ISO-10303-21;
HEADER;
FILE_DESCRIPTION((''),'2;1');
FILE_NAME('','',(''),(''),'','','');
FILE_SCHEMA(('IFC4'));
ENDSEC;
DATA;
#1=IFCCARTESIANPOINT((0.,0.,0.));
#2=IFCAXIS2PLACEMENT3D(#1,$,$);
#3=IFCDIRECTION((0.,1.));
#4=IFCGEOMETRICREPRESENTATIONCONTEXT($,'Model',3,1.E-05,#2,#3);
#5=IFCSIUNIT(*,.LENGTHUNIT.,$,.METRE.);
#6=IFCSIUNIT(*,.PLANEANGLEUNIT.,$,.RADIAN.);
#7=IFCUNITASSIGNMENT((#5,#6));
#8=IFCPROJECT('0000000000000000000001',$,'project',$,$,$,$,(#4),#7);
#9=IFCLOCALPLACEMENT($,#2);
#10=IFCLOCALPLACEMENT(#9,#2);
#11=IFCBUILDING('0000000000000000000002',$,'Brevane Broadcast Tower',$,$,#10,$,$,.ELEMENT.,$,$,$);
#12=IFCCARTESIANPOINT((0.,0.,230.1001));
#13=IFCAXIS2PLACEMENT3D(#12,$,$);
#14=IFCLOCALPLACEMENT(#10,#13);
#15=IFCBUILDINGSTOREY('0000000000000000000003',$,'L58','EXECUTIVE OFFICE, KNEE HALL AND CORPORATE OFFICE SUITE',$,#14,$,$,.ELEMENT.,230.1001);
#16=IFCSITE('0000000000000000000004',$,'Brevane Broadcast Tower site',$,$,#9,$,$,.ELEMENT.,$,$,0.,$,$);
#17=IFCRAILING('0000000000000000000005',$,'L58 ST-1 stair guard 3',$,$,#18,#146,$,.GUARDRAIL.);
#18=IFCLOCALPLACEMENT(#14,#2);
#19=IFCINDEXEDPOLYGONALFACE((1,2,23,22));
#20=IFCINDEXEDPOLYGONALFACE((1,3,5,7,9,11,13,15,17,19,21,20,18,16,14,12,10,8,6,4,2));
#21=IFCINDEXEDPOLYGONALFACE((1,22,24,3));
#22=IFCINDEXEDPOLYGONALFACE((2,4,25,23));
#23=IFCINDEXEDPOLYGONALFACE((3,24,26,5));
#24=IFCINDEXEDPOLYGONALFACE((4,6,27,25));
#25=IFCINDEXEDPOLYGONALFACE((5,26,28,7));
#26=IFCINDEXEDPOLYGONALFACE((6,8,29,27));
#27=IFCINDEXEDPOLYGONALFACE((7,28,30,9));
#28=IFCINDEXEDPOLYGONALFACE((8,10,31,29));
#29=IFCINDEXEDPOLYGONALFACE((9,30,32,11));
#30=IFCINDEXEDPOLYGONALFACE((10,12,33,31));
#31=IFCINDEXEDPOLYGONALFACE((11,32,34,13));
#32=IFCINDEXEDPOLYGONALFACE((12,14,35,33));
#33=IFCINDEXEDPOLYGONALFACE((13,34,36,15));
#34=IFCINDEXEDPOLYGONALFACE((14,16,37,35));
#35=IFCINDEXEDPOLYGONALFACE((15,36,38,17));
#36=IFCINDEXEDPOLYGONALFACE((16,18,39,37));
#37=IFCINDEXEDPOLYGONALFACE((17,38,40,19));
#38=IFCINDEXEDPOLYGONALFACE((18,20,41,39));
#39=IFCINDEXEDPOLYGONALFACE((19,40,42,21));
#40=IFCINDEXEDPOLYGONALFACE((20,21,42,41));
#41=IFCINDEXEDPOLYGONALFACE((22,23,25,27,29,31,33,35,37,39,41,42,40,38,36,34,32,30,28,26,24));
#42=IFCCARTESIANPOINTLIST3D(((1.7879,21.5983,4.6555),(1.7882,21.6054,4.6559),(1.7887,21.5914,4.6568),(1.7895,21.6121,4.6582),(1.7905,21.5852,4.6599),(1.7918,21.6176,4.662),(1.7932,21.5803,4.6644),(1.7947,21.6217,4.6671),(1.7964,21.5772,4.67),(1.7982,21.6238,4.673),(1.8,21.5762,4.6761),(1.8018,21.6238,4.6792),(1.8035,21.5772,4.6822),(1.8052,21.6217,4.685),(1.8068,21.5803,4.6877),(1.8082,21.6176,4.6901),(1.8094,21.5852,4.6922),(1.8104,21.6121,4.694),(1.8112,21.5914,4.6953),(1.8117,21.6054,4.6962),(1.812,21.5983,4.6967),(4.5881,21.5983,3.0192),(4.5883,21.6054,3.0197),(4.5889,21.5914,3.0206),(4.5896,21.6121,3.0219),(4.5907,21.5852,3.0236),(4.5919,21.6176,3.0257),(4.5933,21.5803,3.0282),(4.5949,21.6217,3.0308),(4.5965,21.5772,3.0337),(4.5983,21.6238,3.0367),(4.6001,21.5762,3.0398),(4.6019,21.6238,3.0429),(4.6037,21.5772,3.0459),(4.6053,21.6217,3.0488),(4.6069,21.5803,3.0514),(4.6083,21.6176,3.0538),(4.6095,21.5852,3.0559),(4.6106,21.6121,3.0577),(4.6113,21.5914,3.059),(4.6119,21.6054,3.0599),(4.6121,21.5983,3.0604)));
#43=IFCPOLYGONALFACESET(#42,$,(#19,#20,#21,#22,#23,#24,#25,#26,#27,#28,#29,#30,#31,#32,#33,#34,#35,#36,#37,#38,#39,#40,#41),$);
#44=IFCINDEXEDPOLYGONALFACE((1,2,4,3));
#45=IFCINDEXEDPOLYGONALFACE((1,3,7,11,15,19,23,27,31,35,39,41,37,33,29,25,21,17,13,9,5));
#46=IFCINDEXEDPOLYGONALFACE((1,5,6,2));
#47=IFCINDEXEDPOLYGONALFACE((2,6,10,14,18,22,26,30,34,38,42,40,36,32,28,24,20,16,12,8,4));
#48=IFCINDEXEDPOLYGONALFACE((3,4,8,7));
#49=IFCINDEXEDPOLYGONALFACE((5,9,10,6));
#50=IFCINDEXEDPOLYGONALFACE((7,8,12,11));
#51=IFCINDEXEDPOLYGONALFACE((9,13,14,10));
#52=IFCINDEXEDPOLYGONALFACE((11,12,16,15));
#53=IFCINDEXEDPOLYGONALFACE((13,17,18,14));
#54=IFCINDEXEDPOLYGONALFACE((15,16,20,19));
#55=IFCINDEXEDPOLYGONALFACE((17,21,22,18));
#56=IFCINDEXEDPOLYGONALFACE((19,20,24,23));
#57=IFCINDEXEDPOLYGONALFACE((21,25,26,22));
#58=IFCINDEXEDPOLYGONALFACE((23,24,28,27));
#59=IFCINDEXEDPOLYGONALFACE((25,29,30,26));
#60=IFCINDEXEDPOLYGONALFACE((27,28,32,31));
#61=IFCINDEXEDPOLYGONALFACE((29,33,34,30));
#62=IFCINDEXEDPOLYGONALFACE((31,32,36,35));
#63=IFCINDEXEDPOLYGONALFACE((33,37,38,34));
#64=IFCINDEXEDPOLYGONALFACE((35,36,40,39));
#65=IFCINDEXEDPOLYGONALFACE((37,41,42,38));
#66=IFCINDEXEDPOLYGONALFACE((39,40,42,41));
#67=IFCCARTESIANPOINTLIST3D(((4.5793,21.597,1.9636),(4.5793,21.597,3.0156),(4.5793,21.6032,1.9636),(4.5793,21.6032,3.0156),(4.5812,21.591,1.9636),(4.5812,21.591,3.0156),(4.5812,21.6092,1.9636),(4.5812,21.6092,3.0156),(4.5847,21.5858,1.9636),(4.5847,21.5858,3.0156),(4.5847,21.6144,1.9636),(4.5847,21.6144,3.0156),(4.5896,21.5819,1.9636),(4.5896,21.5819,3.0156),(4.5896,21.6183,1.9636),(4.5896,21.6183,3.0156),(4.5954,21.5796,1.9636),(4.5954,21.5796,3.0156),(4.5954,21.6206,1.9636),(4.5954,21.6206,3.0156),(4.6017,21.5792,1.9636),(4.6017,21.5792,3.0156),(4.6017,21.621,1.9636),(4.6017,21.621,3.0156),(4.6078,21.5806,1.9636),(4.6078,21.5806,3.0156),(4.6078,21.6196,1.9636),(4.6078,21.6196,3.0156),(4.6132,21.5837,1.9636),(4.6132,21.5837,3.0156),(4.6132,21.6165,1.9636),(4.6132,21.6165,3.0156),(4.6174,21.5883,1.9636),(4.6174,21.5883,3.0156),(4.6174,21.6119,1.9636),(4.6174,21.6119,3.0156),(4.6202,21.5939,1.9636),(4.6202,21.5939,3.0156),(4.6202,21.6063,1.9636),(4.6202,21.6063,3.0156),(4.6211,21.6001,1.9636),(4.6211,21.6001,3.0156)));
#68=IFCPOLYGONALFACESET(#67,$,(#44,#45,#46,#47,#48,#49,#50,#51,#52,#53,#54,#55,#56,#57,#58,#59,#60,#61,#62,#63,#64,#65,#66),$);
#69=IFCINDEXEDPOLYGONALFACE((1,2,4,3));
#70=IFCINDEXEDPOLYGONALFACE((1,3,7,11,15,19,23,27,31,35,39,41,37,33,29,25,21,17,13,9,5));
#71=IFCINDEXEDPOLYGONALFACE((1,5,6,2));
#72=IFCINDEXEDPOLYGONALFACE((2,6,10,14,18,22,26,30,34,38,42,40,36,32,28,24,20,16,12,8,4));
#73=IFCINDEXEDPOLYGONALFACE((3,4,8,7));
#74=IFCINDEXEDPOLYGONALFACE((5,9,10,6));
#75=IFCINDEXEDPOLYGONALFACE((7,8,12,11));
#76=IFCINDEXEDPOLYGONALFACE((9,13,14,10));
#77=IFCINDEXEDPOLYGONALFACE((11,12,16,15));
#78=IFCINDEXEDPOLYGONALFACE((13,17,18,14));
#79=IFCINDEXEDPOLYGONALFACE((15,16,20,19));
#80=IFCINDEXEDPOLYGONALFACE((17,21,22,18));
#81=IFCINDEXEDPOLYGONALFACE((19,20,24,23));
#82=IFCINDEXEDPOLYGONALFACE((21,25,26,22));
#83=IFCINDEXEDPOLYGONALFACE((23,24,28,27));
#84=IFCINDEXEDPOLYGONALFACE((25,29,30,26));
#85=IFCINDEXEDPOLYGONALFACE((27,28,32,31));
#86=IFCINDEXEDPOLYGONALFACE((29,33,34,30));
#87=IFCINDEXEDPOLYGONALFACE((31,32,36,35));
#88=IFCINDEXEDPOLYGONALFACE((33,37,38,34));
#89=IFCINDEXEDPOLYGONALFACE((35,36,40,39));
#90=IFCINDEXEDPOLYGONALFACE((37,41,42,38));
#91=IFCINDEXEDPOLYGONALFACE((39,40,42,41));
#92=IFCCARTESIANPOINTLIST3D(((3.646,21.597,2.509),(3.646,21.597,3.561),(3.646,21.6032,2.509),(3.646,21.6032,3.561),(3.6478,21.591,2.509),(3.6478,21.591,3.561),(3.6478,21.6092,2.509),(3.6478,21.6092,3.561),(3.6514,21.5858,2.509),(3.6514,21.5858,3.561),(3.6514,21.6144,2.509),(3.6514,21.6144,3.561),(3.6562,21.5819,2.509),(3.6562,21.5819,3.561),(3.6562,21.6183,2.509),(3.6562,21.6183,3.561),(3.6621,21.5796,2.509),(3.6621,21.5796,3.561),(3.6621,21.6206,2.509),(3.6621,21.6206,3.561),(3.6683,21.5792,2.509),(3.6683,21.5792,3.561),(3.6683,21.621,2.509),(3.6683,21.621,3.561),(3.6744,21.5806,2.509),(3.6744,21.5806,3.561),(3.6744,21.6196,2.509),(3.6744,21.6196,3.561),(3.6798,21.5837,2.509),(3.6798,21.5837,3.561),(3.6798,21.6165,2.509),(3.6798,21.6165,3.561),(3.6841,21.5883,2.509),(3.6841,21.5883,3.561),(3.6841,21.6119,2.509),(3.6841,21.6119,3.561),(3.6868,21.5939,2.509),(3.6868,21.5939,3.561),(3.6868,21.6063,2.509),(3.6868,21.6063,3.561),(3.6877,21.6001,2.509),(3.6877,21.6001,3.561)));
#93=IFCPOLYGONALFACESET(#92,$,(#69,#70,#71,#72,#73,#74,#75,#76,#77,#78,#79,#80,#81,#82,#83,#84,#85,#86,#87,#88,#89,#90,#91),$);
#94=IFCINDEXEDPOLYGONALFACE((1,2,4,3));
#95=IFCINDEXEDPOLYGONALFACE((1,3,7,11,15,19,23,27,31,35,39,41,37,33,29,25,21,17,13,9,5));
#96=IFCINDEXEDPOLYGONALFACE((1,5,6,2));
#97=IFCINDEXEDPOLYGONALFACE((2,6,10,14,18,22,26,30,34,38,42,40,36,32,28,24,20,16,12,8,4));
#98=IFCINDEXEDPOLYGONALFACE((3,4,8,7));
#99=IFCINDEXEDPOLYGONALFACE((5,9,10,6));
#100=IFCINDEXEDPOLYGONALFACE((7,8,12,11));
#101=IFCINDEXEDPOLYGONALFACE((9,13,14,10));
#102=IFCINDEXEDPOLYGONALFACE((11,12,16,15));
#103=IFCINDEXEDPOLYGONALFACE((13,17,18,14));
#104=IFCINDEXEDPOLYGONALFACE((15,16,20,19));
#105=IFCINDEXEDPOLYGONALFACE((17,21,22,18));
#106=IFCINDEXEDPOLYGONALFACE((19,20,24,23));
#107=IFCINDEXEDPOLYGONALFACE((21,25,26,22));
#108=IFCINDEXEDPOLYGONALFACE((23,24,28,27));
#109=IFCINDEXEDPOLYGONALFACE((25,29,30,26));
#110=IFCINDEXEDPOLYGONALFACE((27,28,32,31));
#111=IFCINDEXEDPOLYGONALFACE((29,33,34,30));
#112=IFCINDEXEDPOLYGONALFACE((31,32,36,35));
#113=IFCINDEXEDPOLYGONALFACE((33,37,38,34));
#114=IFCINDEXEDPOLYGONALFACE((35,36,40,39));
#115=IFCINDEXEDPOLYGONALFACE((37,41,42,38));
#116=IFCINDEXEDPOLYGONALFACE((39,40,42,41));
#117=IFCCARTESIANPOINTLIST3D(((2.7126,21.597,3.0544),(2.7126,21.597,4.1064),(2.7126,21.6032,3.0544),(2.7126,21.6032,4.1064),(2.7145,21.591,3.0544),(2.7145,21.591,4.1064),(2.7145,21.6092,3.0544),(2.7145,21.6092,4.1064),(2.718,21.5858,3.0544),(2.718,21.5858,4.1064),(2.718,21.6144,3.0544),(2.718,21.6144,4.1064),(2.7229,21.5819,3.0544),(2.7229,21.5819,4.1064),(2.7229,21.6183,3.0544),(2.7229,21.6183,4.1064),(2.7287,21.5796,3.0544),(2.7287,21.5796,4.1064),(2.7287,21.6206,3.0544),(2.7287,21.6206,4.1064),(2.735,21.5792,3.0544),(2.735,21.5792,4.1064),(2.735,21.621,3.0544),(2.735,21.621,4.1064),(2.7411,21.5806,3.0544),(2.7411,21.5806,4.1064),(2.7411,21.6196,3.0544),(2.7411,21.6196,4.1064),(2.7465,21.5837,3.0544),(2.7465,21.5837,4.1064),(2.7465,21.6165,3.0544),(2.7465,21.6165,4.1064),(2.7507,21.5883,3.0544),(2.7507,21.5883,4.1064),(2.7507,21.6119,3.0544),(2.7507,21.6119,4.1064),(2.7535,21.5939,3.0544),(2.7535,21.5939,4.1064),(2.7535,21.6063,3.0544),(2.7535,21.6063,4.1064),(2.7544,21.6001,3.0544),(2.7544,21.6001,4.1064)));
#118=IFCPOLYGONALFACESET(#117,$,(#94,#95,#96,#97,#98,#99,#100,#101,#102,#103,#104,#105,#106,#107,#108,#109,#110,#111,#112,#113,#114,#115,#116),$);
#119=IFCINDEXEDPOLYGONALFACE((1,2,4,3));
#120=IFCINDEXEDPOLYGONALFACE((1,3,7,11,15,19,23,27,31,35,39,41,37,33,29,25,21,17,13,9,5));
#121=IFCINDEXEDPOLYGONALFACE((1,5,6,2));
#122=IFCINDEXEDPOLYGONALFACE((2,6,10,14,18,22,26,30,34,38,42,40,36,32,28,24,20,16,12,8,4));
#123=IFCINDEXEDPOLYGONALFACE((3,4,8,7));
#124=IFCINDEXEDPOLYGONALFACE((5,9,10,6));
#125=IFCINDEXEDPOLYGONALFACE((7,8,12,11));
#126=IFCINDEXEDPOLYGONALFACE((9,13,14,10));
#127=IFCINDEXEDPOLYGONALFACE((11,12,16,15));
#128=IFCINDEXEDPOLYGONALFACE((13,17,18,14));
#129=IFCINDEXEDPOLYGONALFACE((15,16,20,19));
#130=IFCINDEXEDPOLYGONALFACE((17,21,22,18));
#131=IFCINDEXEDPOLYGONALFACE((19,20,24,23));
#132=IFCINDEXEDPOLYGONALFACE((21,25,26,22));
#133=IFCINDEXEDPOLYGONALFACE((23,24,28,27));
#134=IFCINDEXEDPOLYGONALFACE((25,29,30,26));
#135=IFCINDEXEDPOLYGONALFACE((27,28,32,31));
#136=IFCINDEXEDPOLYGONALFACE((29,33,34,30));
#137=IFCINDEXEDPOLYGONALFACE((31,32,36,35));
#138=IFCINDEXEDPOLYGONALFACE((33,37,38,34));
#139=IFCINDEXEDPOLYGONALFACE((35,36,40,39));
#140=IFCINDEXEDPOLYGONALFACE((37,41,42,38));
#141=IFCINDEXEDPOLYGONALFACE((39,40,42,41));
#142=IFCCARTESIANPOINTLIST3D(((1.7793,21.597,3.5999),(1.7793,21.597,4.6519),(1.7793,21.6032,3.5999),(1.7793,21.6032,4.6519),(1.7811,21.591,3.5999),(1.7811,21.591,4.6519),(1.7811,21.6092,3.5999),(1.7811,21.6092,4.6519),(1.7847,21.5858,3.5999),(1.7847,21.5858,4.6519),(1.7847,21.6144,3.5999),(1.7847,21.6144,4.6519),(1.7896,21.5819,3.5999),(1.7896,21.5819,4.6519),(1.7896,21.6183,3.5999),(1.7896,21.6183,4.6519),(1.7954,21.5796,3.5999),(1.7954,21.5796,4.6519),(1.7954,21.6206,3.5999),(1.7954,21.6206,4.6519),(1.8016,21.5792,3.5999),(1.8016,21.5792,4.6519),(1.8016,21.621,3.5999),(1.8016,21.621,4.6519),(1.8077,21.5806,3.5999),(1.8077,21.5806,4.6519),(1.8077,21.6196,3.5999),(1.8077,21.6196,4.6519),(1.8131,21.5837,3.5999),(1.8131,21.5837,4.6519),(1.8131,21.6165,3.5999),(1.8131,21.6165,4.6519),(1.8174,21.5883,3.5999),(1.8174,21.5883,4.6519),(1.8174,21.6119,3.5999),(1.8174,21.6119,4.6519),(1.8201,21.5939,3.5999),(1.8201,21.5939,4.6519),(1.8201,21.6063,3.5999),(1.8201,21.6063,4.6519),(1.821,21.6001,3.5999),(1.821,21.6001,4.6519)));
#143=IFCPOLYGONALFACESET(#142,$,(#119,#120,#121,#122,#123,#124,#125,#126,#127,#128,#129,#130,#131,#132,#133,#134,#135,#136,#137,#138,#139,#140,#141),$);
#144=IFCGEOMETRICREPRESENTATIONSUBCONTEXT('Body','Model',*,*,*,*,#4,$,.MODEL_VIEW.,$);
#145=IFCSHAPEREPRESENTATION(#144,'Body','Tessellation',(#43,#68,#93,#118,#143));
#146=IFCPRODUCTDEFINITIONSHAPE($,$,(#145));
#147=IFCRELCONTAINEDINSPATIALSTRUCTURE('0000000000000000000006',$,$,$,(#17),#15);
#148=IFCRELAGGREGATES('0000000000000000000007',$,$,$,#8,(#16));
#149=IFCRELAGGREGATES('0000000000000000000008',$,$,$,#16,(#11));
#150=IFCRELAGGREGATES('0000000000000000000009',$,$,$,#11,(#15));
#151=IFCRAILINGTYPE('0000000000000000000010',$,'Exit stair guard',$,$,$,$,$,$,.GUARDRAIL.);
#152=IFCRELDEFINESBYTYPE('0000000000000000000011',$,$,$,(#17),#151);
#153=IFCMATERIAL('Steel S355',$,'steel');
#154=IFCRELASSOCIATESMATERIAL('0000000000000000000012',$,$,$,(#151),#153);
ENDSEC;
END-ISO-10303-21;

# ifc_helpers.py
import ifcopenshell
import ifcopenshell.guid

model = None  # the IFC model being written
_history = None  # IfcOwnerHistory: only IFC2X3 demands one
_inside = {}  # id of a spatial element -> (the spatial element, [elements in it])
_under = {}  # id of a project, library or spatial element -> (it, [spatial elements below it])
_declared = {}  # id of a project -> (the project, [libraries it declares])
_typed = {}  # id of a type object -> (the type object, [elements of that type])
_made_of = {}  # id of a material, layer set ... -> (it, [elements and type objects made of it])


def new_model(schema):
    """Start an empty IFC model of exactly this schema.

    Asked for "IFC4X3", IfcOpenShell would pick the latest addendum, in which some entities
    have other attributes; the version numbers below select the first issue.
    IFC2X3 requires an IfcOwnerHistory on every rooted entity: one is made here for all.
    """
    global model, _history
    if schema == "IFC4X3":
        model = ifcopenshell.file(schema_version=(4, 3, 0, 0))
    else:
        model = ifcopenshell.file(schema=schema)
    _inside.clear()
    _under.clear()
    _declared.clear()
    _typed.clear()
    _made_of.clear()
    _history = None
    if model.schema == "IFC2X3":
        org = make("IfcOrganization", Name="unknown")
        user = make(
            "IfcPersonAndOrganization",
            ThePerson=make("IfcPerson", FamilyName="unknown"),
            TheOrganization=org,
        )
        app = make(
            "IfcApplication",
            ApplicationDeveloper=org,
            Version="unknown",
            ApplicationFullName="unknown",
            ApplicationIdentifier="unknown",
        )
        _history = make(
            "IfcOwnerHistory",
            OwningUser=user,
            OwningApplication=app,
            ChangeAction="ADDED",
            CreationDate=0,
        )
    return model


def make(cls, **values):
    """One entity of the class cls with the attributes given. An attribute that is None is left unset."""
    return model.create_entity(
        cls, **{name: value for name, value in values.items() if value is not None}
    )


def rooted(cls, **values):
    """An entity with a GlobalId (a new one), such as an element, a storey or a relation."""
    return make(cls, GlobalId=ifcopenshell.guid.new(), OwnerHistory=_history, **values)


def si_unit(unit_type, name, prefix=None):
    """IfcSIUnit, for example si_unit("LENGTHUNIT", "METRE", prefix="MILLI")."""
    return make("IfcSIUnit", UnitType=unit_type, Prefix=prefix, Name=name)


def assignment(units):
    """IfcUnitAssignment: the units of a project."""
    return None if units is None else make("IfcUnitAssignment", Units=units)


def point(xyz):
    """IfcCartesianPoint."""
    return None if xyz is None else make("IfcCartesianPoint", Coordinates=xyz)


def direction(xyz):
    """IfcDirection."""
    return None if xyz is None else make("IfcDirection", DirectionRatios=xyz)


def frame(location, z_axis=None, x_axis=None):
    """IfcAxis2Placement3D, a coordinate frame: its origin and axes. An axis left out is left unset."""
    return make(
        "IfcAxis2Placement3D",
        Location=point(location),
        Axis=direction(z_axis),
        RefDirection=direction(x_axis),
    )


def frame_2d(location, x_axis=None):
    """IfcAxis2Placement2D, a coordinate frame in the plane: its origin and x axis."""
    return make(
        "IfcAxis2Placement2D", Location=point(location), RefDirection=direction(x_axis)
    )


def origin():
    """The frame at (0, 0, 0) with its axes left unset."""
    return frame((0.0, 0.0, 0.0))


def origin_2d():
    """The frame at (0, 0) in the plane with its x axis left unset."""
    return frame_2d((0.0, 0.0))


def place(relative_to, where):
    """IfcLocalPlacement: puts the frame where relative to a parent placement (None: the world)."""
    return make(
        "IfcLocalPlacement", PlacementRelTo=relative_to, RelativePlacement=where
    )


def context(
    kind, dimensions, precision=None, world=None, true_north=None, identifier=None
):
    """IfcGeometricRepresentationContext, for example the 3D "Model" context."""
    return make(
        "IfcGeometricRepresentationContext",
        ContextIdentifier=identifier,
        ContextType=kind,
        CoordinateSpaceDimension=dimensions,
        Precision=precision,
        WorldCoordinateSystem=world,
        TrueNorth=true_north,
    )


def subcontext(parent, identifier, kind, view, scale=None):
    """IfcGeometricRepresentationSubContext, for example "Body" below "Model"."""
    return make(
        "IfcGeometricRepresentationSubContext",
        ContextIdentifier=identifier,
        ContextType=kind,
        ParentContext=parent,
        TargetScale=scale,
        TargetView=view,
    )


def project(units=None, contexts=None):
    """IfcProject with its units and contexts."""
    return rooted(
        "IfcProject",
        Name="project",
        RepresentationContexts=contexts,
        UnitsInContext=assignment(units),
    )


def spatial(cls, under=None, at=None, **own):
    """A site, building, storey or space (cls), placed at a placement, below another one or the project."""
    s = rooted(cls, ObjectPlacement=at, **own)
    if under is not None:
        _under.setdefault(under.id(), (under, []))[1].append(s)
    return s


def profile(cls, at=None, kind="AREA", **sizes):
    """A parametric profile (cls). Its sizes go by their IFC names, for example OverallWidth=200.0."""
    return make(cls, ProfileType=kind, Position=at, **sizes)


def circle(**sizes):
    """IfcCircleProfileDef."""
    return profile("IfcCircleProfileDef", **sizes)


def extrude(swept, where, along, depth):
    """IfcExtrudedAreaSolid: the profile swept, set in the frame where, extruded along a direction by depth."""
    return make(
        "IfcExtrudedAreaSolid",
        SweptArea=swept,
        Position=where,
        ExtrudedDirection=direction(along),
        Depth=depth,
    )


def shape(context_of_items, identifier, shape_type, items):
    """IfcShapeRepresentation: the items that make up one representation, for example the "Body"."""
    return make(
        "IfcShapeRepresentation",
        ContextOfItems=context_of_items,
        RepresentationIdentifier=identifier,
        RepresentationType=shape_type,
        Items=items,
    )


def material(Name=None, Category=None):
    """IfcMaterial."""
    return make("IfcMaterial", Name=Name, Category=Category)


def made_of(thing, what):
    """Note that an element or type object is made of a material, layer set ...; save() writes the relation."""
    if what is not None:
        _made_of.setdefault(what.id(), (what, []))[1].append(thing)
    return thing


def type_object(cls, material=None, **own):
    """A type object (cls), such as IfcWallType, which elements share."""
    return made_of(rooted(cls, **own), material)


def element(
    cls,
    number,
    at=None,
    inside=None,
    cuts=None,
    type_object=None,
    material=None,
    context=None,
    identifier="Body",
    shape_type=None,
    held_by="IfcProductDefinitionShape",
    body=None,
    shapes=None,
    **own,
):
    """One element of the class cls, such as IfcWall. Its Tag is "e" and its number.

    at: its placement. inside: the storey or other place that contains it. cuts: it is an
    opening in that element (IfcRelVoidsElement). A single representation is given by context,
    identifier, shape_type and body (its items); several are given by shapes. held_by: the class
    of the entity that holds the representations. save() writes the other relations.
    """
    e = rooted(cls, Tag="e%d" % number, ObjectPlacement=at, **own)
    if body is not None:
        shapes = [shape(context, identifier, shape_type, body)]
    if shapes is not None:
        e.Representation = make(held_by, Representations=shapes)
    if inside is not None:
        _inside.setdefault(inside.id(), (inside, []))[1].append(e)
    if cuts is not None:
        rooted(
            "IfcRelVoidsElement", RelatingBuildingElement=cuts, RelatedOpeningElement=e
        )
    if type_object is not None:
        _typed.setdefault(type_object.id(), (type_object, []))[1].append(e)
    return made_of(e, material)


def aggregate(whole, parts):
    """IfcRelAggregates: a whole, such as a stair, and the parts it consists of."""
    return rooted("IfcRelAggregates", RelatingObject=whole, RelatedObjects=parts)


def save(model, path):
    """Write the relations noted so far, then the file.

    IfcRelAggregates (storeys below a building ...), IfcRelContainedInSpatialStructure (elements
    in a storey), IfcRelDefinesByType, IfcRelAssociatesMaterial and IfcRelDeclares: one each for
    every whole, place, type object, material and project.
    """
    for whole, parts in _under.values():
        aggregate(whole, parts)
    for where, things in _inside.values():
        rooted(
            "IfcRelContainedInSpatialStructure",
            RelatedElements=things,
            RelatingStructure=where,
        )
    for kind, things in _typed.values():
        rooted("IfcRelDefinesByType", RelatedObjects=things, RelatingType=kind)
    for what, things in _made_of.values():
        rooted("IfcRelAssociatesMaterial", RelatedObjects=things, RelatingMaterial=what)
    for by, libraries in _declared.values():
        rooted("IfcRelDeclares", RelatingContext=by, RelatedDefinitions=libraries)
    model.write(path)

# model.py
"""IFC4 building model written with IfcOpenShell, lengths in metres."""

from ifc_helpers import new_model, si_unit, direction, frame, origin, origin_2d, place, context, subcontext, project, spatial, circle, extrude, material, type_object, element, save


model = new_model("IFC4")

# Units and contexts
model_context = context("Model", 3, precision=1e-05, world=origin(), true_north=direction((0.0, 1.0)))
body_context = subcontext(model_context, "Body", "Model", "MODEL_VIEW")
ifc_project = project(units=[si_unit("LENGTHUNIT", "METRE"), si_unit("PLANEANGLEUNIT", "RADIAN")], contexts=[model_context])

# Site, building, storey
site_placement = place(None, origin())
site = spatial("IfcSite", under=ifc_project, at=site_placement, Name="Brevane Broadcast Tower site", CompositionType="ELEMENT", RefElevation=0.0)
building_placement = place(site_placement, origin())
building = spatial("IfcBuilding", under=site, at=building_placement, Name="Brevane Broadcast Tower", CompositionType="ELEMENT")
storey_placement = place(building_placement, frame((0.0, 0.0, 230.1001)))
storey = spatial("IfcBuildingStorey", under=building, at=storey_placement, Name="L58", Description="EXECUTIVE OFFICE, KNEE HALL AND CORPORATE OFFICE SUITE", CompositionType="ELEMENT", Elevation=230.1001)

# Railing
ifc_material_1 = material(Name="Steel S355", Category="steel")
railing_type_1 = type_object("IfcRailingType", Name="Exit stair guard", PredefinedType="GUARDRAIL", material=ifc_material_1)
railing_1_placement = place(storey_placement, frame((4.6001, 21.6001, 1.9636)))
element("IfcRailing", 1, at=railing_1_placement, inside=storey, type_object=railing_type_1, Name="L58 ST-1 stair guard 3", PredefinedType="GUARDRAIL", context=body_context, shape_type="SweptSolid", body=[
    extrude(circle(Radius=0.0239, at=origin_2d()), frame((0.0, 0.0, 1.0762), z_axis=(-0.863394, 0.0, 0.504531), x_axis=(0.0, -1.0, 0.0)), (0.0, 0.0, 1.0), 3.2432),
    extrude(circle(Radius=0.021, at=origin_2d()), origin(), (0.0, 0.0, 1.0), 1.052),
    extrude(circle(Radius=0.021, at=origin_2d()), frame((-0.9333, 0.0, 0.5454)), (0.0, 0.0, 1.0), 1.052),
    extrude(circle(Radius=0.021, at=origin_2d()), frame((-1.8667, 0.0, 1.0908)), (0.0, 0.0, 1.0), 1.052),
    extrude(circle(Radius=0.021, at=origin_2d()), frame((-2.8, 0.0, 1.6362)), (0.0, 0.0, 1.0), 1.052),
])

save(model, "model.ifc")
